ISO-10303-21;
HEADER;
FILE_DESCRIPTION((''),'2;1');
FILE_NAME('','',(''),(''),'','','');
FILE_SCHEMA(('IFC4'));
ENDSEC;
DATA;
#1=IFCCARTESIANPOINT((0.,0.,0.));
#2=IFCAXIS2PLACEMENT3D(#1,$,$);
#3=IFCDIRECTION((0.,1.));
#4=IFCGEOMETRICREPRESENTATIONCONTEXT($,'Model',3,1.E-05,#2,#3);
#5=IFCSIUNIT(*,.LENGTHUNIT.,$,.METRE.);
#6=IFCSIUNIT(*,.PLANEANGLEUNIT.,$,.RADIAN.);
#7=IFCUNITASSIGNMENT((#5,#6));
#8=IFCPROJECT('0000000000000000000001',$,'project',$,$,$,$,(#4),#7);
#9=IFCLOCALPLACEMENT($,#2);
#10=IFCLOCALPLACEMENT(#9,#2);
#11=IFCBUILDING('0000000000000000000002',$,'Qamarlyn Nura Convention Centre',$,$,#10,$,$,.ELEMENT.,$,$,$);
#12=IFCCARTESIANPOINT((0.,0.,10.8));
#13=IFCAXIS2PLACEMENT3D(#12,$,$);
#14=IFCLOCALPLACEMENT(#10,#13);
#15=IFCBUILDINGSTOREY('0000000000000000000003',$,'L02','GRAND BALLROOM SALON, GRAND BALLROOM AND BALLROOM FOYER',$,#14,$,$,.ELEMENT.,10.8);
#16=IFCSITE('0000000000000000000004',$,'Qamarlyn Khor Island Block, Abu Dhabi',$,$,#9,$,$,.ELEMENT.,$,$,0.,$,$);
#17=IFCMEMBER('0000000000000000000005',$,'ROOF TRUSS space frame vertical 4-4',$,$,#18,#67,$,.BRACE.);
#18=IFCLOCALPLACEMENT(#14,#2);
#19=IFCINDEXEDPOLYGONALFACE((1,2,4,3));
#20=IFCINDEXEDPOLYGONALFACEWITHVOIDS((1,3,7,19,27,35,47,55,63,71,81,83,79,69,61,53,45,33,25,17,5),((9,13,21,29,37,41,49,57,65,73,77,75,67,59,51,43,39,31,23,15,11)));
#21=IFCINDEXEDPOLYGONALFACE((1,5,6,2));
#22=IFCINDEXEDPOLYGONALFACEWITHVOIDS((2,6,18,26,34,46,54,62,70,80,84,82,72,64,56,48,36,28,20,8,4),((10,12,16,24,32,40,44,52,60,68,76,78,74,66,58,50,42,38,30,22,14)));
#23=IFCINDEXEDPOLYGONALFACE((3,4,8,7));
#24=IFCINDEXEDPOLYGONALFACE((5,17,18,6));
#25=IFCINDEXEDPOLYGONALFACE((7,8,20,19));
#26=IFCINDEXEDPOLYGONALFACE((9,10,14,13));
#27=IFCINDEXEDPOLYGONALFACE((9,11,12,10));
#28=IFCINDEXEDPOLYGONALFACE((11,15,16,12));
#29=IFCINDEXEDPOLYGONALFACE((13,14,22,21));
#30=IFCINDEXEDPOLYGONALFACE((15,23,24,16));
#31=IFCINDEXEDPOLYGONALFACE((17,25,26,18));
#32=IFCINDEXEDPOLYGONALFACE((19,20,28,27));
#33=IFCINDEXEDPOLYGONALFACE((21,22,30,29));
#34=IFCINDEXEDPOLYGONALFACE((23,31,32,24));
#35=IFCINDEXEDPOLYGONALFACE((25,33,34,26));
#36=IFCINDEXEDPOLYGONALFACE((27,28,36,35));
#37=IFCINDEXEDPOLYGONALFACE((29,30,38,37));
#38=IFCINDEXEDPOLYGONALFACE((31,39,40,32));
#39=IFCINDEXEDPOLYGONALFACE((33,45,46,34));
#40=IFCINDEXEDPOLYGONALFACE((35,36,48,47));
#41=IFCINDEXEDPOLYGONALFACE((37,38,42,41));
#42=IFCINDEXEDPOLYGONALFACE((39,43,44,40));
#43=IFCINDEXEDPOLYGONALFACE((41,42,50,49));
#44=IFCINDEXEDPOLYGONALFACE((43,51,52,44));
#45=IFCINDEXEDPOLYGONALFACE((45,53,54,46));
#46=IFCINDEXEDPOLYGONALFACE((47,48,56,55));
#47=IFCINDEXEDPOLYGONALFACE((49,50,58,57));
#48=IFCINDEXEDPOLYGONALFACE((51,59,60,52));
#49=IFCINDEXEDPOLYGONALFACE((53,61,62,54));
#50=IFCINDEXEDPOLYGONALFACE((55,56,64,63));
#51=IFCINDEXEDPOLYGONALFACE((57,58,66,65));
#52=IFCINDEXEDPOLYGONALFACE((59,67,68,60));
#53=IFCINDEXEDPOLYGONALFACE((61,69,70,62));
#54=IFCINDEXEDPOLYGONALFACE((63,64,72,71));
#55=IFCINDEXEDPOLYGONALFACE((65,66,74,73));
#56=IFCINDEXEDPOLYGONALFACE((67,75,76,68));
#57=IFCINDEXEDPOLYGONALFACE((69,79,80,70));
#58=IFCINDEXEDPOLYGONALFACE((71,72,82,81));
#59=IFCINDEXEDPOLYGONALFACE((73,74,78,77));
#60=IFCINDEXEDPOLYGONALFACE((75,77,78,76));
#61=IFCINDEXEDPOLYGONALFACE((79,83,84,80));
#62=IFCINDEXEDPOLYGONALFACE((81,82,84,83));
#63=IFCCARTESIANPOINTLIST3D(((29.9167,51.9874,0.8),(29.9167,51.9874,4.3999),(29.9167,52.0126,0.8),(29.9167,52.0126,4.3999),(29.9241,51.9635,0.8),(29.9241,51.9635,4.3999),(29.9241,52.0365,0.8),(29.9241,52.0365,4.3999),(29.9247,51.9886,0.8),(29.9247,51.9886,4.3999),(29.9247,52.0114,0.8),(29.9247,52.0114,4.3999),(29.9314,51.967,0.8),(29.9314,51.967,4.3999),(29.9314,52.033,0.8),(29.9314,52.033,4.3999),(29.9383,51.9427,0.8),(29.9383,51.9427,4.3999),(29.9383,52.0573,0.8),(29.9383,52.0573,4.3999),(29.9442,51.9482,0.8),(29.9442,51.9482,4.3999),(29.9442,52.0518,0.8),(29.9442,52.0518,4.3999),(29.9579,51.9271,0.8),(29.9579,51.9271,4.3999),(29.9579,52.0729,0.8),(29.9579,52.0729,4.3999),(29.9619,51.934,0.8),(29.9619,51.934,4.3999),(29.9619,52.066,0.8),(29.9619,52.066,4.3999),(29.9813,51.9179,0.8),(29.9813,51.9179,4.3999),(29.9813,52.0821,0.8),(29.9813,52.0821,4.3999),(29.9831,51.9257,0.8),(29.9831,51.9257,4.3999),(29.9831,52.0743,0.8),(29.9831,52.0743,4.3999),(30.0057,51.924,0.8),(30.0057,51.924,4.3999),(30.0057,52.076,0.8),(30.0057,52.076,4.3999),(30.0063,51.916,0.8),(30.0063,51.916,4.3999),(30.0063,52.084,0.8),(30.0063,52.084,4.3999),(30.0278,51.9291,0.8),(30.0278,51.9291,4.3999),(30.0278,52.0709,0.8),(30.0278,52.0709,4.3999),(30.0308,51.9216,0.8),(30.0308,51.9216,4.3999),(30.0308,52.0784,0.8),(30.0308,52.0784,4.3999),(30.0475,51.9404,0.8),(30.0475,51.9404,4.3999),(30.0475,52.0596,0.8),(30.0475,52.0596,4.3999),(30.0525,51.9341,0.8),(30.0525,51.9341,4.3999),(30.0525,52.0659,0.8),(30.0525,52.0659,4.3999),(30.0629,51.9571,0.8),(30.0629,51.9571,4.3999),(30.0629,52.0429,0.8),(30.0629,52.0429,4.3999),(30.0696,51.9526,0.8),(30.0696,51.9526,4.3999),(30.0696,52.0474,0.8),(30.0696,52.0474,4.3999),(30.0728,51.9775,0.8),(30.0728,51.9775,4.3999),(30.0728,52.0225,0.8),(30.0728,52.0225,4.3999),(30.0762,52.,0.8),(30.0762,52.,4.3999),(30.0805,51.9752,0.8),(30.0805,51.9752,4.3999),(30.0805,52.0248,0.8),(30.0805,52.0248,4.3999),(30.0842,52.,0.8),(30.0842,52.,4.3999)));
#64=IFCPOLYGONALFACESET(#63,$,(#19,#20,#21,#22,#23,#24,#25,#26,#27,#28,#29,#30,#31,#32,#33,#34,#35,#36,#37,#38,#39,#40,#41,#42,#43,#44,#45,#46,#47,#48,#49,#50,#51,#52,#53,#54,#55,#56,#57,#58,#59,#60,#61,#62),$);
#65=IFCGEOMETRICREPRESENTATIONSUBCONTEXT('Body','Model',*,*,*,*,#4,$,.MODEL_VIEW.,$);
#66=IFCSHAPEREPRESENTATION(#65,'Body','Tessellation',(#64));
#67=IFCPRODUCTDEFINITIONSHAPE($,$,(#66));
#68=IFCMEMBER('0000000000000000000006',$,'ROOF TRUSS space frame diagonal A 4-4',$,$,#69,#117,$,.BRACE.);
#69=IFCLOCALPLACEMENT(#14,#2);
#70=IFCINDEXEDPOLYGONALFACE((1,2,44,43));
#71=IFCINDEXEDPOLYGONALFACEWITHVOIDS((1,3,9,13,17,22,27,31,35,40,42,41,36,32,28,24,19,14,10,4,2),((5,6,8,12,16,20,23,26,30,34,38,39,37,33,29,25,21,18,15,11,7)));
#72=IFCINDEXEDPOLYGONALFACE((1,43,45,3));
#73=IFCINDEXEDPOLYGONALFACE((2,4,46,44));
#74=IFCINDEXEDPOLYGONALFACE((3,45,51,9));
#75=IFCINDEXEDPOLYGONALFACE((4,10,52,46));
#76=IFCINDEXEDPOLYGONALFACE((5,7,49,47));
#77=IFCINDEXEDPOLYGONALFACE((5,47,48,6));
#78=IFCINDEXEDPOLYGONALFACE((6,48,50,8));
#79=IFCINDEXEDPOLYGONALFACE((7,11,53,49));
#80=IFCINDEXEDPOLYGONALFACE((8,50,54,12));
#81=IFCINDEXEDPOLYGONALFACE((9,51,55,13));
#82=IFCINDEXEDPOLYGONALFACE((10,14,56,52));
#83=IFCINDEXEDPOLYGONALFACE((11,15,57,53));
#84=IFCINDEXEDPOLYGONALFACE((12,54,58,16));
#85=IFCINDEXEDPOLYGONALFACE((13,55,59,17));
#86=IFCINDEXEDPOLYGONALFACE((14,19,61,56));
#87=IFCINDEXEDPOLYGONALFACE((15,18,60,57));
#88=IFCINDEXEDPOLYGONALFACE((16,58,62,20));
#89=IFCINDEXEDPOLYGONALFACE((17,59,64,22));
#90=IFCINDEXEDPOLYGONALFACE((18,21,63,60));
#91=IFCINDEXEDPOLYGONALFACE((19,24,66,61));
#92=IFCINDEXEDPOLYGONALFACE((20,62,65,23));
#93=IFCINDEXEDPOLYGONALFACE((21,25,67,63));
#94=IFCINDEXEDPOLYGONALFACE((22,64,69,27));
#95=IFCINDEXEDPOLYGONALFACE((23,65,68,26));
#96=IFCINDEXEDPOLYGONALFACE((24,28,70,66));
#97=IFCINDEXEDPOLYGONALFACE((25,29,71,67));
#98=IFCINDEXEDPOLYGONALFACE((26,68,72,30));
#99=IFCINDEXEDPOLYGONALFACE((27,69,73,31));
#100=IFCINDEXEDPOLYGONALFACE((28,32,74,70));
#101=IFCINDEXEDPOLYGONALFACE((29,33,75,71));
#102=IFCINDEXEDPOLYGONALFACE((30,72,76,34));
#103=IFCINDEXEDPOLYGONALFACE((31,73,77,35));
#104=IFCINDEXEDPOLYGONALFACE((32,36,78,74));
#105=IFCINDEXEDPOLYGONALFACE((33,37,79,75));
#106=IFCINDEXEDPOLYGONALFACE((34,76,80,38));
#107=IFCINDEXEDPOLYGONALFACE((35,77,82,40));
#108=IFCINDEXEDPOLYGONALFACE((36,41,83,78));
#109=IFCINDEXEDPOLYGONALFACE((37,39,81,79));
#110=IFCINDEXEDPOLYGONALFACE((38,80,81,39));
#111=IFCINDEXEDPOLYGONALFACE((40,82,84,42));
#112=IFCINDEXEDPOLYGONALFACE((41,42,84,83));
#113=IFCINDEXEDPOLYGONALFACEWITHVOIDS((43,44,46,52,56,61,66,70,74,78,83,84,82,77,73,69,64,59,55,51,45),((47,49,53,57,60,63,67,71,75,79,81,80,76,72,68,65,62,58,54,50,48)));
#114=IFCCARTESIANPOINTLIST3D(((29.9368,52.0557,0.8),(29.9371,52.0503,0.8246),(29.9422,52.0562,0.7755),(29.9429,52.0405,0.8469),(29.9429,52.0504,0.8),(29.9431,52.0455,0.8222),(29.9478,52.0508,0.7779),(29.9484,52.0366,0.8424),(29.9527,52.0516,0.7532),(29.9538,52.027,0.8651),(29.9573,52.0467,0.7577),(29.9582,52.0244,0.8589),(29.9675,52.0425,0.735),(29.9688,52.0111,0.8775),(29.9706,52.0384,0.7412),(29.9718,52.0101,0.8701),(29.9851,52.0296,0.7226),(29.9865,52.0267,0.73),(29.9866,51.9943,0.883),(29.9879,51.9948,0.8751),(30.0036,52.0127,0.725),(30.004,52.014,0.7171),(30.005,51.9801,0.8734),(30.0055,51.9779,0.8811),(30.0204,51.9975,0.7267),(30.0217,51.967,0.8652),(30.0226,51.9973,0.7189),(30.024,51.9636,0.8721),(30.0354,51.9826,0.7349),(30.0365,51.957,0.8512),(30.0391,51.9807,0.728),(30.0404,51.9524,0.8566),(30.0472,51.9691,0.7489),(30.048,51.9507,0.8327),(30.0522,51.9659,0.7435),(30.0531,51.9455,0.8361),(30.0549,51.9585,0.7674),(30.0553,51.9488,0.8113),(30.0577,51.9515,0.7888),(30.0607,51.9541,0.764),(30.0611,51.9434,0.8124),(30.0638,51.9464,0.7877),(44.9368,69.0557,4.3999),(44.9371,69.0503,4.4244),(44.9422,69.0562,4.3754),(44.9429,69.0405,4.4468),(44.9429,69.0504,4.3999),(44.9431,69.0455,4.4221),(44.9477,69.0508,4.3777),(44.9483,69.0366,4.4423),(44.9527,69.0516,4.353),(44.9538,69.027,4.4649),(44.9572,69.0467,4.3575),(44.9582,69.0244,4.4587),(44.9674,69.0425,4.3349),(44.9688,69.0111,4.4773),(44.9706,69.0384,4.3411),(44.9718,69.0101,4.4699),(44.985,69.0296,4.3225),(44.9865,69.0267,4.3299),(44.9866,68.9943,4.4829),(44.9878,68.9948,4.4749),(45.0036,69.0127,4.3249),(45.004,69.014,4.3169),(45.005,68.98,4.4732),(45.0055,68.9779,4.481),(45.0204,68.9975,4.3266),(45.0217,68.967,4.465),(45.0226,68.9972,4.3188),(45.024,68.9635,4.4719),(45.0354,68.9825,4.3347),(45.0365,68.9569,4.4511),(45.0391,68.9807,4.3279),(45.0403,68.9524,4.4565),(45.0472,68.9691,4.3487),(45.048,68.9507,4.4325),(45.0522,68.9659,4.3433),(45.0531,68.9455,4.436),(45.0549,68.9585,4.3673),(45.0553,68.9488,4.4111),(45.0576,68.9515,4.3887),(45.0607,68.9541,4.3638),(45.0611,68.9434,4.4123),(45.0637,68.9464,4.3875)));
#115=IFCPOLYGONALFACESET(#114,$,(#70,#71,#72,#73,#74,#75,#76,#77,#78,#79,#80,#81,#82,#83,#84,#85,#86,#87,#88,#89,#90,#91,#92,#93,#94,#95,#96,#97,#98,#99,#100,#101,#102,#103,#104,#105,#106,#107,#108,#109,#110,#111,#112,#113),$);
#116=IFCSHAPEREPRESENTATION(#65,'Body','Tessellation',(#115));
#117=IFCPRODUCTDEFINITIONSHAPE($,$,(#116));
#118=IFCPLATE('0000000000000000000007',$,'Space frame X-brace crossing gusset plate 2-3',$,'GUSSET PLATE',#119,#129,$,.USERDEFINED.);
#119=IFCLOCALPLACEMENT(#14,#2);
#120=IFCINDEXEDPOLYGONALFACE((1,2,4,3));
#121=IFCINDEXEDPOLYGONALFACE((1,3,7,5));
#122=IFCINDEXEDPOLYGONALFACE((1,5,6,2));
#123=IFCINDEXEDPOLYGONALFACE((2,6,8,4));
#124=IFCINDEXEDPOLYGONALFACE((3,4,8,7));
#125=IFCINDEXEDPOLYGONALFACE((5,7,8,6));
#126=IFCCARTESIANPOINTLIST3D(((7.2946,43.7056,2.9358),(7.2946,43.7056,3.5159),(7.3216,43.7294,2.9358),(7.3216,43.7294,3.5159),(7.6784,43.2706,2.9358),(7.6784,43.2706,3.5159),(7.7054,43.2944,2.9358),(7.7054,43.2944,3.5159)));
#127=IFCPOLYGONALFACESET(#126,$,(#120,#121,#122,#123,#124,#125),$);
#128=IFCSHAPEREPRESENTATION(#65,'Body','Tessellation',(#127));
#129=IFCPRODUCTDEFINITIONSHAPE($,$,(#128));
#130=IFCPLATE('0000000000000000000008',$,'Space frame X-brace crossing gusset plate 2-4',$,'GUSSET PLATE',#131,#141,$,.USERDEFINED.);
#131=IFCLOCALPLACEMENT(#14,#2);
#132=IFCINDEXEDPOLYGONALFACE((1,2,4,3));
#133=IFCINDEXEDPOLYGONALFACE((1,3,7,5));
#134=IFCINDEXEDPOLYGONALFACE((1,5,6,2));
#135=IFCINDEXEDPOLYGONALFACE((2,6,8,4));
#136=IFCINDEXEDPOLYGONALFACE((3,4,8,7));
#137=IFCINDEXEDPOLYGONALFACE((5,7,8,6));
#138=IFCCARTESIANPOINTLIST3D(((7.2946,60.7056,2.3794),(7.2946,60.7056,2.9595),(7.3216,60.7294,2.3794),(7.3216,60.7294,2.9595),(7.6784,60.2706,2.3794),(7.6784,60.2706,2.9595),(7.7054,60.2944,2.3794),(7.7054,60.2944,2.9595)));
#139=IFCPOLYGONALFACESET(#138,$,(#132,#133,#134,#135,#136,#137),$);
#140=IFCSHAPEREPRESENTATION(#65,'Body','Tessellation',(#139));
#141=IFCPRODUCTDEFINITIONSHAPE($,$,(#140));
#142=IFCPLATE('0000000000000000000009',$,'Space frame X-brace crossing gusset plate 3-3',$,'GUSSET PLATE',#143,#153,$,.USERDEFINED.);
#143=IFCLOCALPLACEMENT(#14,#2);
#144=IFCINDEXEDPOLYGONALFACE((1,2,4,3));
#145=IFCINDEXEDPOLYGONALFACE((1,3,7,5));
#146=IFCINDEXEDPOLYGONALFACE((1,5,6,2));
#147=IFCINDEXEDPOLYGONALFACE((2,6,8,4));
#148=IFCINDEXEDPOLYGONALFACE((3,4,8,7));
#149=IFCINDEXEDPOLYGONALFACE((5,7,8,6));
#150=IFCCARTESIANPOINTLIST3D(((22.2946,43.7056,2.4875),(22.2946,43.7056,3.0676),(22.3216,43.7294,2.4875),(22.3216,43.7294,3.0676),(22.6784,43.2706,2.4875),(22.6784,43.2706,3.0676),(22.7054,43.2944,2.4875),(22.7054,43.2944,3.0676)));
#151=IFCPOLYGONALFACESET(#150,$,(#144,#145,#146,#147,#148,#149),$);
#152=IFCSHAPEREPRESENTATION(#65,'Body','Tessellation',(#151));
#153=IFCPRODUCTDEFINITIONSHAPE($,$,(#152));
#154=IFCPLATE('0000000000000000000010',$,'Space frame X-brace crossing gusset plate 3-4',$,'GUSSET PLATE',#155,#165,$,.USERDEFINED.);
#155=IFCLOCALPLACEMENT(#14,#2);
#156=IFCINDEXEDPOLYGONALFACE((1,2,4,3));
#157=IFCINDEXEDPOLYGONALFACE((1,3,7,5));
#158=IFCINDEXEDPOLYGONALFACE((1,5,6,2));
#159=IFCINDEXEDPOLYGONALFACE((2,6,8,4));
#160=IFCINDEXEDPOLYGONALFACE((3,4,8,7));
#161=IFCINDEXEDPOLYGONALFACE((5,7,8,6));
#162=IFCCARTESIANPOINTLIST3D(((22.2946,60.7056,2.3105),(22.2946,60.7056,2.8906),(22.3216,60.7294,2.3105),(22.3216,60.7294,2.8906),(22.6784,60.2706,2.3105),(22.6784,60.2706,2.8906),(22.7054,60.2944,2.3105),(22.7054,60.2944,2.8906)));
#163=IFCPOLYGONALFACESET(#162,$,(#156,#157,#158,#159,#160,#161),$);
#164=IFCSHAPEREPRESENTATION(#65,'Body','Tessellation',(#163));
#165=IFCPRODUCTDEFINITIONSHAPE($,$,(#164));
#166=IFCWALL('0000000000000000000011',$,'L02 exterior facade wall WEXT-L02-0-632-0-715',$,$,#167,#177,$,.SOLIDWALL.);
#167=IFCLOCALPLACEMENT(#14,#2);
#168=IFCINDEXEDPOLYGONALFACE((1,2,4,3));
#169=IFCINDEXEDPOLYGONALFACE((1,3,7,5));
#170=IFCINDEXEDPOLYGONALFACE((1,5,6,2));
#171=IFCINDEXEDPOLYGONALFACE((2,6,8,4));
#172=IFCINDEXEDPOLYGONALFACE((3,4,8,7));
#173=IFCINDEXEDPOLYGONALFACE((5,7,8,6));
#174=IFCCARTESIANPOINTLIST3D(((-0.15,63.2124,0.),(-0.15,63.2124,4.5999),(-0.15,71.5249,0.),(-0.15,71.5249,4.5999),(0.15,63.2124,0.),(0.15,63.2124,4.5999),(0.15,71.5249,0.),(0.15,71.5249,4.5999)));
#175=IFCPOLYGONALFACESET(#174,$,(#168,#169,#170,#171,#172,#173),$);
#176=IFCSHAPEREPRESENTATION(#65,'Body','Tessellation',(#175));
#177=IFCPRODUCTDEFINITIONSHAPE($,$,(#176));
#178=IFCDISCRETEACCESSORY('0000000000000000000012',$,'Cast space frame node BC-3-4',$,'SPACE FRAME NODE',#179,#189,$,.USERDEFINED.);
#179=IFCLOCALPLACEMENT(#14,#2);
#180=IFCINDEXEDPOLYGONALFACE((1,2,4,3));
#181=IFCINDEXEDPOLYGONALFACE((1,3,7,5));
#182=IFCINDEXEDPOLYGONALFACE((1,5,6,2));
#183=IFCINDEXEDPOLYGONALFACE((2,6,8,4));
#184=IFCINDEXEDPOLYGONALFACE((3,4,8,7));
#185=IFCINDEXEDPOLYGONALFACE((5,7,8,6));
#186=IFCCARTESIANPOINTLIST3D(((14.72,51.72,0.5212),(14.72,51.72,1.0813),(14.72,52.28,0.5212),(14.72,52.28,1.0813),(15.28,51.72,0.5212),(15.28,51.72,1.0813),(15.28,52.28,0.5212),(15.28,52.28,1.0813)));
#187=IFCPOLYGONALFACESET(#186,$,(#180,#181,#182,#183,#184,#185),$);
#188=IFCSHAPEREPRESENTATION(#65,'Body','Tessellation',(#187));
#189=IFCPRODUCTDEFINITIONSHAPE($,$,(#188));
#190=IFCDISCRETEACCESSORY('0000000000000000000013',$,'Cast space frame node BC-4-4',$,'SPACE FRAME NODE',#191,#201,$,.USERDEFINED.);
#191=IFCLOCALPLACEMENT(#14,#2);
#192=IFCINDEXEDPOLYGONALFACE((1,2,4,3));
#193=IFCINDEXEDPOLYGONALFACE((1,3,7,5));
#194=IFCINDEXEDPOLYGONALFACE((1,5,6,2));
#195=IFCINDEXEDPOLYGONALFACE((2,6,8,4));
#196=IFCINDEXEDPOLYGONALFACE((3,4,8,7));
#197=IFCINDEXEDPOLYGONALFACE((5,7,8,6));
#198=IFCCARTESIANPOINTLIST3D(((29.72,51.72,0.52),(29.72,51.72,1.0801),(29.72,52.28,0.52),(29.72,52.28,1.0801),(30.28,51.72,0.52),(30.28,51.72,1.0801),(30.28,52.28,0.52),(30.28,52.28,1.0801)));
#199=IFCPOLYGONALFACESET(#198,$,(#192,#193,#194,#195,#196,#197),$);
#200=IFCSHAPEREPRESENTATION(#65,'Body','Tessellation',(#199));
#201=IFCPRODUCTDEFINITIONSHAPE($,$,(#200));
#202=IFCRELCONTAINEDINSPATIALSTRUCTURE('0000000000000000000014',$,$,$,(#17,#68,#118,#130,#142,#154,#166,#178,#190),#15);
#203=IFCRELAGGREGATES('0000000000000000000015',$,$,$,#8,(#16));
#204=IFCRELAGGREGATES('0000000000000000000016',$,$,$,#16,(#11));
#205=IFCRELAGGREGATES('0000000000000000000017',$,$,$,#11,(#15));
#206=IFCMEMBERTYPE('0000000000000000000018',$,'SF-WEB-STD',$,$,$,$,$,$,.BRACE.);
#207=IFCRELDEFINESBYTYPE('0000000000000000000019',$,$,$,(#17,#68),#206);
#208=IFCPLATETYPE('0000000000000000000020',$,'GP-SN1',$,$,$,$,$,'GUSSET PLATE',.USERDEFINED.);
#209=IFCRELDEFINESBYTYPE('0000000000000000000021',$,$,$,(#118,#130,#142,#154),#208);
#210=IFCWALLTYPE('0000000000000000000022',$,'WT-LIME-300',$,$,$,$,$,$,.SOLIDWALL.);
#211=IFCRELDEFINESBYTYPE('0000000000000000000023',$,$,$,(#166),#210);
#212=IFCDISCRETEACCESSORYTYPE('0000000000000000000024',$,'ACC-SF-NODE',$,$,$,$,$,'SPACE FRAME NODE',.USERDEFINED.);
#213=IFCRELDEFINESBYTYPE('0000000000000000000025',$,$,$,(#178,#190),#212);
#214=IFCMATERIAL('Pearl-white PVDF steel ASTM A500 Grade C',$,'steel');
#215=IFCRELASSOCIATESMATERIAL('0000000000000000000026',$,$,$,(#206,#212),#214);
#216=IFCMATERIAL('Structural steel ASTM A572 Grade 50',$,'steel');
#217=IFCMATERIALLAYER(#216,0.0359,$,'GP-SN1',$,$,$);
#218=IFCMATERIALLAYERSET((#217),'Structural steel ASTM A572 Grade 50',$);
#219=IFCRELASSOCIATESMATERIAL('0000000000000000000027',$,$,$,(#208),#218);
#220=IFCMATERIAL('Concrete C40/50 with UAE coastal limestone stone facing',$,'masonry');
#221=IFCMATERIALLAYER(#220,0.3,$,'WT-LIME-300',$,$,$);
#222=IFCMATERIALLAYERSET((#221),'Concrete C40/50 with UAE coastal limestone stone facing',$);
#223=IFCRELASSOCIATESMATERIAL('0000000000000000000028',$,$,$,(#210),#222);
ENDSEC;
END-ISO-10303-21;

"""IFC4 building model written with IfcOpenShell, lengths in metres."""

from ifc_helpers import new_model, si_unit, direction, frame, frame_2d, origin, origin_2d, place, context, subcontext, project, spatial, rectangle, hollow_circle, extrude, material, layer, layer_set, material_profile, profile_set, type_object, element, save


model = new_model("IFC4")

# Units and contexts
model_context = context("Model", 3, precision=1e-05, world=origin(), true_north=direction((0.0, 1.0)))
body_context = subcontext(model_context, "Body", "Model", "MODEL_VIEW")
ifc_project = project(units=[si_unit("LENGTHUNIT", "METRE"), si_unit("PLANEANGLEUNIT", "RADIAN")], contexts=[model_context])

# Site, building, storey
site_placement = place(None, origin())
site = spatial("IfcSite", under=ifc_project, at=site_placement, Name="Qamarlyn Khor Island Block, Abu Dhabi", CompositionType="ELEMENT", RefElevation=0.0)
building_placement = place(site_placement, origin())
building = spatial("IfcBuilding", under=site, at=building_placement, Name="Qamarlyn Nura Convention Centre", CompositionType="ELEMENT")
storey_placement = place(building_placement, frame((0.0, 0.0, 10.8)))
storey = spatial("IfcBuildingStorey", under=building, at=storey_placement, Name="L02", Description="GRAND BALLROOM SALON, GRAND BALLROOM AND BALLROOM FOYER", CompositionType="ELEMENT", Elevation=10.8)

# Members
ifc_material_1 = material(Name="Pearl-white PVDF steel ASTM A500 Grade C", Category="steel")
ifc_material_profile_1 = material_profile(ifc_material_1, hollow_circle(Radius=0.0842, WallThickness=0.0081, at=origin_2d()), Name="CHS168.3X8")
ifc_profile_set_1 = profile_set([ifc_material_profile_1], Name="Pearl-white PVDF steel ASTM A500 Grade C")
member_type_1 = type_object("IfcMemberType", Name="SF-WEB-STD", PredefinedType="BRACE", material=ifc_profile_set_1)
member_1_placement = place(storey_placement, frame((30.0, 52.0, 0.8), z_axis=(0.0, 0.0, 1.0), x_axis=(1.0, 0.0, 0.0)))
element("IfcMember", 1, at=member_1_placement, inside=storey, type_object=member_type_1, Name="ROOF TRUSS space frame vertical 4-4", PredefinedType="BRACE", context=body_context, shape_type="SweptSolid", body=[
    extrude(hollow_circle(Radius=0.0842, WallThickness=0.0081, at=origin_2d()), origin(), (0.0, 0.0, 1.0), 3.5999),
])
member_2_placement = place(storey_placement, frame((30.0, 52.0, 0.8), z_axis=(0.653436, 0.74056, 0.156818), x_axis=(-0.749838, 0.661622, 0.0)))
element("IfcMember", 2, at=member_2_placement, inside=storey, type_object=member_type_1, Name="ROOF TRUSS space frame diagonal A 4-4", PredefinedType="BRACE", context=body_context, shape_type="SweptSolid", body=[
    extrude(hollow_circle(Radius=0.0842, WallThickness=0.0081, at=origin_2d()), origin(), (0.0, 0.0, 1.0), 22.9556),
])

# Plates
ifc_material_2 = material(Name="Structural steel ASTM A572 Grade 50", Category="steel")
ifc_layer_1 = layer(ifc_material_2, 0.0359, Name="GP-SN1")
ifc_layer_set_1 = layer_set([ifc_layer_1], Name="Structural steel ASTM A572 Grade 50")
plate_type = type_object("IfcPlateType", Name="GP-SN1", ElementType="GUSSET PLATE", PredefinedType="USERDEFINED", material=ifc_layer_set_1)
for number, where, z_axis, x_axis, name in (
    (3, (7.5, 43.5, 2.9358), (0.0, 0.0, 1.0), (-0.661622, 0.749837, 0.0), "Space frame X-brace crossing gusset plate 2-3"),
    (4, (7.5, 60.5, 2.3794), (0.0, 0.0, 1.0), (-0.661622, 0.749837, 0.0), "Space frame X-brace crossing gusset plate 2-4"),
    (5, (22.5, 43.5, 2.4875), (0.0, 0.0, 1.0), (-0.661622, 0.749837, 0.0), "Space frame X-brace crossing gusset plate 3-3"),
    (6, (22.5, 60.5, 2.3105), (0.0, 0.0, 1.0), (-0.661622, 0.749837, 0.0), "Space frame X-brace crossing gusset plate 3-4"),
):
    element("IfcPlate", number, at=place(storey_placement, frame(where, z_axis=z_axis, x_axis=x_axis)), inside=storey, type_object=plate_type, Name=name, ObjectType="GUSSET PLATE", PredefinedType="USERDEFINED", context=body_context, shape_type="SweptSolid", body=[
        extrude(rectangle(XDim=0.5801, YDim=0.0359, at=origin_2d()), origin(), (0.0, 0.0, 1.0), 0.5801),
    ])

# Wall
ifc_material_3 = material(Name="Concrete C40/50 with UAE coastal limestone stone facing", Category="masonry")
ifc_layer_2 = layer(ifc_material_3, 0.3, Name="WT-LIME-300")
ifc_layer_set_2 = layer_set([ifc_layer_2], Name="Concrete C40/50 with UAE coastal limestone stone facing")
wall_type = type_object("IfcWallType", Name="WT-LIME-300", PredefinedType="SOLIDWALL", material=ifc_layer_set_2)
wall_placement = place(storey_placement, frame((0.0, 63.2124, 0.0), z_axis=(0.0, 0.0, 1.0), x_axis=(0.0, 1.0, 0.0)))
element("IfcWall", 7, at=wall_placement, inside=storey, type_object=wall_type, Name="L02 exterior facade wall WEXT-L02-0-632-0-715", PredefinedType="SOLIDWALL", context=body_context, shape_type="SweptSolid", body=[
    extrude(rectangle(XDim=8.3125, YDim=0.3, at=frame_2d((4.1562, 0.0))), origin(), (0.0, 0.0, 1.0), 4.5999),
])

# Discrete accessories
discrete_accessory_type = type_object("IfcDiscreteAccessoryType", Name="ACC-SF-NODE", ElementType="SPACE FRAME NODE", PredefinedType="USERDEFINED", material=ifc_material_1)
for number, where, z_axis, x_axis, name in (
    (8, (15.0, 52.0, 0.5212), (0.0, 0.0, 1.0), (1.0, 0.0, 0.0), "Cast space frame node BC-3-4"),
    (9, (30.0, 52.0, 0.52), (0.0, 0.0, 1.0), (1.0, 0.0, 0.0), "Cast space frame node BC-4-4"),
):
    element("IfcDiscreteAccessory", number, at=place(storey_placement, frame(where, z_axis=z_axis, x_axis=x_axis)), inside=storey, type_object=discrete_accessory_type, Name=name, ObjectType="SPACE FRAME NODE", PredefinedType="USERDEFINED", context=body_context, shape_type="SweptSolid", body=[
        extrude(rectangle(XDim=0.5601, YDim=0.5601, at=origin_2d()), origin(), (0.0, 0.0, 1.0), 0.5601),
    ])

save(model, "model.ifc")
